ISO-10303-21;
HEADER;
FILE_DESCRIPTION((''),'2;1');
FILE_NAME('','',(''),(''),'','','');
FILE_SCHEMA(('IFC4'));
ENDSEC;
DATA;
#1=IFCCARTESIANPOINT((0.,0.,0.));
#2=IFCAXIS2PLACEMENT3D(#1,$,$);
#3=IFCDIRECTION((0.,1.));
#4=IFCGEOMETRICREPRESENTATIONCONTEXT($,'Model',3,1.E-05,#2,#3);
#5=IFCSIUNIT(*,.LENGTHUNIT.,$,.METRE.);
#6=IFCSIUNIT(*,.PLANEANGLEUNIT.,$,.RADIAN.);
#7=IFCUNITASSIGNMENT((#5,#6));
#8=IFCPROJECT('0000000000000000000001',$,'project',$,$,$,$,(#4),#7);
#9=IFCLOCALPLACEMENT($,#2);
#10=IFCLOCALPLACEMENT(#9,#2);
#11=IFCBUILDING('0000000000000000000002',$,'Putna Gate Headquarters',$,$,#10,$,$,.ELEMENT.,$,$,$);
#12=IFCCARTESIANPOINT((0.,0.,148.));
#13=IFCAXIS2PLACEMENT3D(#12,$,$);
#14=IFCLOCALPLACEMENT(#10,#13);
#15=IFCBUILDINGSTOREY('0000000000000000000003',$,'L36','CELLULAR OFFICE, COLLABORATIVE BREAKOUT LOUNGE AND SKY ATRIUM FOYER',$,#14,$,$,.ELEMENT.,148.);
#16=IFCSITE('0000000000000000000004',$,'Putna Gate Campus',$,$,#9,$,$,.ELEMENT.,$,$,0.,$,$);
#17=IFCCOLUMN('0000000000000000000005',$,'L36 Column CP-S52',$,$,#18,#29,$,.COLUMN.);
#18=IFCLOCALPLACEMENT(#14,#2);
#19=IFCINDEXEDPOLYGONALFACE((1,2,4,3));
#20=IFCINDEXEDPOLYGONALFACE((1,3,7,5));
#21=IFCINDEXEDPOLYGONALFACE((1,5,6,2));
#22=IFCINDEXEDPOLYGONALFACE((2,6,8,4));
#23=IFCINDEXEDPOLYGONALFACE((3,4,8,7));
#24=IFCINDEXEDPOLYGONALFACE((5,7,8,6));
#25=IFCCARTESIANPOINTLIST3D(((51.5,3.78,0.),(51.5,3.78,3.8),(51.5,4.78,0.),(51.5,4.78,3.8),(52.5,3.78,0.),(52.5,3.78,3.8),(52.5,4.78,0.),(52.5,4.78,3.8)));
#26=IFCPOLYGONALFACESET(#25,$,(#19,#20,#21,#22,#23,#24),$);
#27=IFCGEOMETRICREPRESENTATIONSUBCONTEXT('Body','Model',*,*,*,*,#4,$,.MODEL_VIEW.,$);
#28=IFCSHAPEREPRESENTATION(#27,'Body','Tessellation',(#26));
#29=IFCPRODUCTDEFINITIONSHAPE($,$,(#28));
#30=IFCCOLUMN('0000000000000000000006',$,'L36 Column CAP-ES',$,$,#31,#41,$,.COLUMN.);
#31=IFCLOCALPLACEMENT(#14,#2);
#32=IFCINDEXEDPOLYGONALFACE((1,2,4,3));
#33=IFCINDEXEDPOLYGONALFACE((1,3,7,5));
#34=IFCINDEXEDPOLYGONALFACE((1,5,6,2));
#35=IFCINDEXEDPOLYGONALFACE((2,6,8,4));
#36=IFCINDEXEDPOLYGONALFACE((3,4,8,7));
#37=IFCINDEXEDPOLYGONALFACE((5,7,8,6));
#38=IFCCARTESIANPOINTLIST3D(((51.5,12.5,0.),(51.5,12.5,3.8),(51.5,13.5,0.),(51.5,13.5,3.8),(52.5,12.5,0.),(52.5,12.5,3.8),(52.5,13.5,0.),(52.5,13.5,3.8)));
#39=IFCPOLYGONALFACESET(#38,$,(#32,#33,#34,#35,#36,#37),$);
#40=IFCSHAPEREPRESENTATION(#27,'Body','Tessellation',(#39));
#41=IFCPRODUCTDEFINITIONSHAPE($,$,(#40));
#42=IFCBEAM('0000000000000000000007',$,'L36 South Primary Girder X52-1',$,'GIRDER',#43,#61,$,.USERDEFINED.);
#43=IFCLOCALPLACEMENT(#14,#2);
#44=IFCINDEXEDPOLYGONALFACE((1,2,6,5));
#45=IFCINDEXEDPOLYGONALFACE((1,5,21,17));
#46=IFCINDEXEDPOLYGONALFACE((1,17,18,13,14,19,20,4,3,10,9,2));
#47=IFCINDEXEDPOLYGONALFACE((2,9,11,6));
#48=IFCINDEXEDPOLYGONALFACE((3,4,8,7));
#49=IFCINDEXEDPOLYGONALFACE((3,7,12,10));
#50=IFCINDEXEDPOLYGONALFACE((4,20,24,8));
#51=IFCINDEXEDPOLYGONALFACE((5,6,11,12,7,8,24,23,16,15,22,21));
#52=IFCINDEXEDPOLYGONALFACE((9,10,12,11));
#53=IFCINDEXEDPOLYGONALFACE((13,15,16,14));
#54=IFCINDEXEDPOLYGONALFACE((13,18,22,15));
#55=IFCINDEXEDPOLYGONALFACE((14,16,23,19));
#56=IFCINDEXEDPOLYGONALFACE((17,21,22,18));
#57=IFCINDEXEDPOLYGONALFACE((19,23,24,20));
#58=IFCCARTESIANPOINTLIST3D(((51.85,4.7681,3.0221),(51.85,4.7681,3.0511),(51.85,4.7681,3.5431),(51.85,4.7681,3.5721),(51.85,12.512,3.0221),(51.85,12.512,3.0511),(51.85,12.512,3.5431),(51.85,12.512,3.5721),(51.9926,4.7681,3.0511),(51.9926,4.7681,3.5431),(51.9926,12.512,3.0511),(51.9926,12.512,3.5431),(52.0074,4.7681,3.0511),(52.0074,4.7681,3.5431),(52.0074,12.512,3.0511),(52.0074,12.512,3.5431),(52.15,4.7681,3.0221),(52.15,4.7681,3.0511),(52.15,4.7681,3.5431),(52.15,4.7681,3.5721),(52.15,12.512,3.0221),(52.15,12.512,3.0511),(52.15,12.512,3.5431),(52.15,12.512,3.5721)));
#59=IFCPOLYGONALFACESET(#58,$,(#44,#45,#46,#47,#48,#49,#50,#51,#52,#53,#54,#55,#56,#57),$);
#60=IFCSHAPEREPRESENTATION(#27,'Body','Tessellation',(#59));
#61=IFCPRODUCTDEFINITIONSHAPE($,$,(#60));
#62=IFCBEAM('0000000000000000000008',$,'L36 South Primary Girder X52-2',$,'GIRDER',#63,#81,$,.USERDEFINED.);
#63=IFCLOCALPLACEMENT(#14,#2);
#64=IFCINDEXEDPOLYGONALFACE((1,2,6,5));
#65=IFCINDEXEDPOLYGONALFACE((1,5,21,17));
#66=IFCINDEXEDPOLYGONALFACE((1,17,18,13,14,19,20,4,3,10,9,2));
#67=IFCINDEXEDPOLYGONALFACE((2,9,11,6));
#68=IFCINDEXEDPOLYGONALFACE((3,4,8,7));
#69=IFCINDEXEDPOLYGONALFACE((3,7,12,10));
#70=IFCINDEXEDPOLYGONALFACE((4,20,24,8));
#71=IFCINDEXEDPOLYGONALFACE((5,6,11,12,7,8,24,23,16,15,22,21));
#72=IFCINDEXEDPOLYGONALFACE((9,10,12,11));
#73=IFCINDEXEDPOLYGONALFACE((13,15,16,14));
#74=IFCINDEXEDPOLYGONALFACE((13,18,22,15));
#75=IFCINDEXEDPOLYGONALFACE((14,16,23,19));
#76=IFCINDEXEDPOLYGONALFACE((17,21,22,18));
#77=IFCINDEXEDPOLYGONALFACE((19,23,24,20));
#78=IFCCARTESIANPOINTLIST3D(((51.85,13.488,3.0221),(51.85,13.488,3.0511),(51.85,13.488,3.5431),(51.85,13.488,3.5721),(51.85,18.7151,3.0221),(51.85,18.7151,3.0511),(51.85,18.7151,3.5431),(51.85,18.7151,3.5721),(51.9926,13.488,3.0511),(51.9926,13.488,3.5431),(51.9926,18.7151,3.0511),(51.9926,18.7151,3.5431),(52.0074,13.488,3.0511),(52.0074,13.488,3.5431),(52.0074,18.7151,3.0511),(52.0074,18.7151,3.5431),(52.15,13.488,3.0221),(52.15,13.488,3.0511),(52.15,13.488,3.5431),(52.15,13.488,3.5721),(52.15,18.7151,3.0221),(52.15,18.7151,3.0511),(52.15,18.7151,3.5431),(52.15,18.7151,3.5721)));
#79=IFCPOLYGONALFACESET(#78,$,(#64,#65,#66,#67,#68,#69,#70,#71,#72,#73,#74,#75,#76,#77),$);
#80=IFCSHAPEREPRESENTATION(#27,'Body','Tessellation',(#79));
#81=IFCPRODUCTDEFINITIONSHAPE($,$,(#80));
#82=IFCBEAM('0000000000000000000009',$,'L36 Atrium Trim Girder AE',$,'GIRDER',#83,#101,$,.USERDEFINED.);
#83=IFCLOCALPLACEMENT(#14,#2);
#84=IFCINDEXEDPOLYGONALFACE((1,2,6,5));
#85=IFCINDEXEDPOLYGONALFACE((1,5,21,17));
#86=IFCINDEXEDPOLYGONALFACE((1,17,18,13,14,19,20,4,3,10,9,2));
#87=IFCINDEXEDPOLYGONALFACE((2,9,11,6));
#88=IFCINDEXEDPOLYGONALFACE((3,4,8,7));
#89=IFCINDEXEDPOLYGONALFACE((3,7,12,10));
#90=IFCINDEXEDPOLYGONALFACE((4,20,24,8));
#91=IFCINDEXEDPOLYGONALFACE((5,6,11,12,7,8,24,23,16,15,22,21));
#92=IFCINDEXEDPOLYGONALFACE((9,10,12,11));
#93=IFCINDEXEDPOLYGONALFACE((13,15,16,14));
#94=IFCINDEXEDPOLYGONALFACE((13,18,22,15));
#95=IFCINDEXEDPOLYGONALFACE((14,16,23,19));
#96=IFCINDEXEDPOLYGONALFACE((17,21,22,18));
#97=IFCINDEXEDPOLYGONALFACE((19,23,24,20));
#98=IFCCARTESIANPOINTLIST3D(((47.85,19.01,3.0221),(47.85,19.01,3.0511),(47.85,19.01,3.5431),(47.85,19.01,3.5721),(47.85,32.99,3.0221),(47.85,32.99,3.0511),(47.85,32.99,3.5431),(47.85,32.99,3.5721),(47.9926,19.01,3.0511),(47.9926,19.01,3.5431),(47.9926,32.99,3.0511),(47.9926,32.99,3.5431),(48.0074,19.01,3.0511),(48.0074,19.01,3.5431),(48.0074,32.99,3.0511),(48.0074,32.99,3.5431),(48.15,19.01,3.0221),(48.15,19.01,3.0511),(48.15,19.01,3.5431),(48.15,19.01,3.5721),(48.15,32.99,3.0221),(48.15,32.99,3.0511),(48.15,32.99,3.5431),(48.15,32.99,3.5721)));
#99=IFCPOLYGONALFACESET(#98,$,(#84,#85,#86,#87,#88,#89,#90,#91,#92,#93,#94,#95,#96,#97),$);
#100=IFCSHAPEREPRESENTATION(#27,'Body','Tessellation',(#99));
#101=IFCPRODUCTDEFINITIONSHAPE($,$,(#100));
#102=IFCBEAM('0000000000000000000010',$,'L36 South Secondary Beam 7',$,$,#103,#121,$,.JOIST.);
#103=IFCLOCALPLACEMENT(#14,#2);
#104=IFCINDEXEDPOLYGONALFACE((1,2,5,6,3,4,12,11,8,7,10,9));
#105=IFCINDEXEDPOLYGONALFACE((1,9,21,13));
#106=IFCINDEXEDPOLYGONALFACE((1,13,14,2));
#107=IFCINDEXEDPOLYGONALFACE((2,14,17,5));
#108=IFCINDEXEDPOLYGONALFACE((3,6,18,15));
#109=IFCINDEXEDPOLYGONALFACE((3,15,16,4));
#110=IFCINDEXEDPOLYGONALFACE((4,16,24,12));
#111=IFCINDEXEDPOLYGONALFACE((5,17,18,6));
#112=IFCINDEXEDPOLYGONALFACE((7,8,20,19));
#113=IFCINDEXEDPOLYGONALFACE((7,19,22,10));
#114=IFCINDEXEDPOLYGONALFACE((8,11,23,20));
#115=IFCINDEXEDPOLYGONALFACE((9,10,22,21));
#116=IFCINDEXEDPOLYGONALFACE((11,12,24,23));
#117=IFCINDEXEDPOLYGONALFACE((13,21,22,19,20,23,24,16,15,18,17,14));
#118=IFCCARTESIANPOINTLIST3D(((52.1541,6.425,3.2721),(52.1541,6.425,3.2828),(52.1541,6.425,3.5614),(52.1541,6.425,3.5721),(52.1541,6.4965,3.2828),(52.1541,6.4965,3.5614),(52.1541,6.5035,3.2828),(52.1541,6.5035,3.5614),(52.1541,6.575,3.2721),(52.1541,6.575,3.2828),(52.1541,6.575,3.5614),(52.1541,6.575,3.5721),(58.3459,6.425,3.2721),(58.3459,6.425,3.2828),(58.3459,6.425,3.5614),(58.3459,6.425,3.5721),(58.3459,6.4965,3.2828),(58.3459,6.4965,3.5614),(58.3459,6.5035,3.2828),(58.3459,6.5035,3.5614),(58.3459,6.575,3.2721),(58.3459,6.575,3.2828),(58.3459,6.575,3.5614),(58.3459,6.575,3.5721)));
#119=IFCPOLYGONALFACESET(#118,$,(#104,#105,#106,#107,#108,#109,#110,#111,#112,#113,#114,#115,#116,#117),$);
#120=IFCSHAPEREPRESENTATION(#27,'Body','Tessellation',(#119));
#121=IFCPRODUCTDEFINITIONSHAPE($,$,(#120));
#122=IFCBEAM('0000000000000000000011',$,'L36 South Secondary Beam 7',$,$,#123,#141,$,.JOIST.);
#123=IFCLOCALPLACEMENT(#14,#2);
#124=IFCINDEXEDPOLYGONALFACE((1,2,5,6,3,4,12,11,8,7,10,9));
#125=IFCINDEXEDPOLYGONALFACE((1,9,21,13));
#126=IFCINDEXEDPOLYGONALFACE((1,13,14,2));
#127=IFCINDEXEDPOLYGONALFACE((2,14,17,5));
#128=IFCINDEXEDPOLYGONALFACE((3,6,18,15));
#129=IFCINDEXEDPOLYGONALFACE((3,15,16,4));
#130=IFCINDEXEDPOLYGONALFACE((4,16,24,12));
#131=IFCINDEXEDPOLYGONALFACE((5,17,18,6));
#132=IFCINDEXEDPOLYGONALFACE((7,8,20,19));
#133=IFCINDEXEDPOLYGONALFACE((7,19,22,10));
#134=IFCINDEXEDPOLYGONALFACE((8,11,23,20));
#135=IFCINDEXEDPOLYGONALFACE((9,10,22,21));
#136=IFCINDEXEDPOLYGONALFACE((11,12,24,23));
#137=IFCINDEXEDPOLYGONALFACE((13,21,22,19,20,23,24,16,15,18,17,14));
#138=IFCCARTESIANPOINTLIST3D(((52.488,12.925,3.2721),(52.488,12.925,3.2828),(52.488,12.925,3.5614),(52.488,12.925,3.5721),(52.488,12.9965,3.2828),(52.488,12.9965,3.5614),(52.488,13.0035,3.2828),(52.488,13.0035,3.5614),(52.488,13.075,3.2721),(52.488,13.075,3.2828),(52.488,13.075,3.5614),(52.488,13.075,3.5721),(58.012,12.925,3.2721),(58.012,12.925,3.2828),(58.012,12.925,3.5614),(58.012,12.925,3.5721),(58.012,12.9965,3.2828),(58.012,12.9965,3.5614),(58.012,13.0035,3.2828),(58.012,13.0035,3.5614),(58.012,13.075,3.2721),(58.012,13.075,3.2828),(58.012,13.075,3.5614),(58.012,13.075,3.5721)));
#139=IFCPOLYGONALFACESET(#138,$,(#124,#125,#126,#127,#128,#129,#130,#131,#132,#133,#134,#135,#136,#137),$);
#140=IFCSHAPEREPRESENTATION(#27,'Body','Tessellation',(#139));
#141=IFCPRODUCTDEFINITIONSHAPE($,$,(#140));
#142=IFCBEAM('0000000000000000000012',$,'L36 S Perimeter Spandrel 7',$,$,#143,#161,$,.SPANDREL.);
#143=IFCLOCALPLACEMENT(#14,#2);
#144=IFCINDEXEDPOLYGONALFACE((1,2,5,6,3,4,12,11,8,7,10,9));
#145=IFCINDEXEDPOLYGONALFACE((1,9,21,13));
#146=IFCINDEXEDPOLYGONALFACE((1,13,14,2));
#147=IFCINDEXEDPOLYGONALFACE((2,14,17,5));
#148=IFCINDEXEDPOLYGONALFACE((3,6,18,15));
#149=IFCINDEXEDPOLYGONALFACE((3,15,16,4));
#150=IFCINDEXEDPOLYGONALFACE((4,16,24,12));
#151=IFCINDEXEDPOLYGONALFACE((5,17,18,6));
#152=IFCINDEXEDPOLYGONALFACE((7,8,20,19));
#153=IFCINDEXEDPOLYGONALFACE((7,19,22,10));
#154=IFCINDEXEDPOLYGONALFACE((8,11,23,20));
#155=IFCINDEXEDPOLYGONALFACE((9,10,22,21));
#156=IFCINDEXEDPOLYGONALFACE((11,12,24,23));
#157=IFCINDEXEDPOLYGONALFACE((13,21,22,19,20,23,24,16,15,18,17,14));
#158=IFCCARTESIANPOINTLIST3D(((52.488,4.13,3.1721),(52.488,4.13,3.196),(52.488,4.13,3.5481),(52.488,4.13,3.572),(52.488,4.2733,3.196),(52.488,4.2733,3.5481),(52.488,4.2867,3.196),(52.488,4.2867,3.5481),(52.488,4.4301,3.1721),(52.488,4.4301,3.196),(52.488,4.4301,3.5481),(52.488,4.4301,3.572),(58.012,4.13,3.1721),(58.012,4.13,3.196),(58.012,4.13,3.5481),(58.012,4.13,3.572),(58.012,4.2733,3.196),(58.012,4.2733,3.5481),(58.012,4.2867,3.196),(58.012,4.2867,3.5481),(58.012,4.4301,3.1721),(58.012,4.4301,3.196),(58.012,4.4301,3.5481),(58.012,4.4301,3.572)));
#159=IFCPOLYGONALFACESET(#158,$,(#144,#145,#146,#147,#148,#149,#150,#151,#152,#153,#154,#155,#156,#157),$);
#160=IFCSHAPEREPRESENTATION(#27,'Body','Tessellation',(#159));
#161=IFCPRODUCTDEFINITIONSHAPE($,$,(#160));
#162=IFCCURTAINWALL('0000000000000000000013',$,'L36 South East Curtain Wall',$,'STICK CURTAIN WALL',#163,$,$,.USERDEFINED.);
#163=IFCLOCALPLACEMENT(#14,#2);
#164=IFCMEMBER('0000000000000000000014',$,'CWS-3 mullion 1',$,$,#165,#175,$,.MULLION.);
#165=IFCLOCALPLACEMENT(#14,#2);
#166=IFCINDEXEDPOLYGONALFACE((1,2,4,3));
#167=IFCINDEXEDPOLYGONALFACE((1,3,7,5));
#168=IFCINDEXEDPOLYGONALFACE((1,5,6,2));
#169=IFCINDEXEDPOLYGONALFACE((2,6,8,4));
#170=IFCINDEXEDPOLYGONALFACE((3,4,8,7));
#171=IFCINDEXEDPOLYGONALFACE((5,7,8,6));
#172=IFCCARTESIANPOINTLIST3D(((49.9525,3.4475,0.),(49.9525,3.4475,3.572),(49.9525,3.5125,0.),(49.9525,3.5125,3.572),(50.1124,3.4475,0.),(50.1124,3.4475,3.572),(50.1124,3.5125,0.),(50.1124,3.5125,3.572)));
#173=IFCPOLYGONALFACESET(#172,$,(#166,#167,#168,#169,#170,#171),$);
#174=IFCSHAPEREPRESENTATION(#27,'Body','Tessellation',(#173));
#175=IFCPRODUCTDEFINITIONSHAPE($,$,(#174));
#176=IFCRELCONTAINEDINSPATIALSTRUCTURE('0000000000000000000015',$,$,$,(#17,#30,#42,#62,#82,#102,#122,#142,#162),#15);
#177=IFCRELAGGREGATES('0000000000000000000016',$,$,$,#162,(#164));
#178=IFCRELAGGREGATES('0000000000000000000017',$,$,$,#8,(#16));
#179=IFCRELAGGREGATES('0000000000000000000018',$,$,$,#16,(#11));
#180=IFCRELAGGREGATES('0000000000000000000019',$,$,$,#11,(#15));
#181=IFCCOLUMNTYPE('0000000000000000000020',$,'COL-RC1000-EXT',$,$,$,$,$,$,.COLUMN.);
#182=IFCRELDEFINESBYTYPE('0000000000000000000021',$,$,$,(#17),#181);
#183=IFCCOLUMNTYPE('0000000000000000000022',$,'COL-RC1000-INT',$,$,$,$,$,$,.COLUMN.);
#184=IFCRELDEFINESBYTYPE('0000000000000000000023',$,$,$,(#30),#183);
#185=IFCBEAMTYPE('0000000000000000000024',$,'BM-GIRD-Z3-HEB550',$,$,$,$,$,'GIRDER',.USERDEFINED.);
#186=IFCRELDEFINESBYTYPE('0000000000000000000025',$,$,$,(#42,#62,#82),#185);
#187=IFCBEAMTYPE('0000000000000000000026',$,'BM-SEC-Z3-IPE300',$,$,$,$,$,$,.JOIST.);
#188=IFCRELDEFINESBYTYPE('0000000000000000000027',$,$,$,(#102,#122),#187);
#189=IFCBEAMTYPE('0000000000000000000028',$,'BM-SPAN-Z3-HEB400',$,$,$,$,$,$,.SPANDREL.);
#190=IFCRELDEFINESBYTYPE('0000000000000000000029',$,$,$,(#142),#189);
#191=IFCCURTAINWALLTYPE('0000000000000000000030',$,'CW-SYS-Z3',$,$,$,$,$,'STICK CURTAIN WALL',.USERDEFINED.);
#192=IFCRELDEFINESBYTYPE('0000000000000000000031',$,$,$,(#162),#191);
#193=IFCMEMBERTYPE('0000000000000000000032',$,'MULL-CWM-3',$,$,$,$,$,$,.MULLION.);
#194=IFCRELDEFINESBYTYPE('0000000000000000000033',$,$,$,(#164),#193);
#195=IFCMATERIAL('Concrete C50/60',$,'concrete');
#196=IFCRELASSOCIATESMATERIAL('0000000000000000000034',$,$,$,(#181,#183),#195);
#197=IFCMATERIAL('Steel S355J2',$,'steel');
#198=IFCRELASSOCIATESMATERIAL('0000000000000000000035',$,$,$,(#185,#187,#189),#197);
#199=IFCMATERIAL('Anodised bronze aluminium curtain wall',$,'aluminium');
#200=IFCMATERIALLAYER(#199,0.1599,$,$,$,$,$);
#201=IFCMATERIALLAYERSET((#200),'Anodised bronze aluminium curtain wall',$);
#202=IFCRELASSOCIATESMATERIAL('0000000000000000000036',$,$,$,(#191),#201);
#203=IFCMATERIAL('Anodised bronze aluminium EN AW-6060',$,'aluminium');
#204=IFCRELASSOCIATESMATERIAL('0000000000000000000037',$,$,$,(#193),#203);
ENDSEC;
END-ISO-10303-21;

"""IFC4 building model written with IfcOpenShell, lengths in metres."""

from ifc_helpers import new_model, si_unit, direction, frame, origin, origin_2d, place, context, subcontext, project, spatial, rectangle, i_section, extrude, material, layer, layer_set, material_profile, profile_set, type_object, element, aggregate, save


model = new_model("IFC4")

# Units and contexts
model_context = context("Model", 3, precision=1e-05, world=origin(), true_north=direction((0.0, 1.0)))
body_context = subcontext(model_context, "Body", "Model", "MODEL_VIEW")
ifc_project = project(units=[si_unit("LENGTHUNIT", "METRE"), si_unit("PLANEANGLEUNIT", "RADIAN")], contexts=[model_context])

# Site, building, storey
site_placement = place(None, origin())
site = spatial("IfcSite", under=ifc_project, at=site_placement, Name="Putna Gate Campus", CompositionType="ELEMENT", RefElevation=0.0)
building_placement = place(site_placement, origin())
building = spatial("IfcBuilding", under=site, at=building_placement, Name="Putna Gate Headquarters", CompositionType="ELEMENT")
storey_placement = place(building_placement, frame((0.0, 0.0, 148.0)))
storey = spatial("IfcBuildingStorey", under=building, at=storey_placement, Name="L36", Description="CELLULAR OFFICE, COLLABORATIVE BREAKOUT LOUNGE AND SKY ATRIUM FOYER", CompositionType="ELEMENT", Elevation=148.0)

# Columns
ifc_material_1 = material(Name="Concrete C50/60", Category="concrete")
ifc_material_profile_1 = material_profile(ifc_material_1, rectangle(XDim=1.0, YDim=1.0, at=origin_2d()), Name="Concrete C50/60")
ifc_profile_set_1 = profile_set([ifc_material_profile_1], Name="Concrete C50/60")
column_type_1 = type_object("IfcColumnType", Name="COL-RC1000-EXT", PredefinedType="COLUMN", material=ifc_profile_set_1)
column_1_placement = place(storey_placement, frame((52.0, 4.28, 0.0), z_axis=(0.0, 0.0, 1.0), x_axis=(1.0, 0.0, 0.0)))
element("IfcColumn", 1, at=column_1_placement, inside=storey, type_object=column_type_1, Name="L36 Column CP-S52", PredefinedType="COLUMN", context=body_context, shape_type="SweptSolid", body=[
    extrude(rectangle(XDim=1.0, YDim=1.0, at=origin_2d()), origin(), (0.0, 0.0, 1.0), 3.8),
])
ifc_material_profile_2 = material_profile(ifc_material_1, rectangle(XDim=1.0, YDim=1.0, at=origin_2d()), Name="Concrete C50/60")
ifc_profile_set_2 = profile_set([ifc_material_profile_2], Name="Concrete C50/60")
column_type_2 = type_object("IfcColumnType", Name="COL-RC1000-INT", PredefinedType="COLUMN", material=ifc_profile_set_2)
column_2_placement = place(storey_placement, frame((52.0, 13.0, 0.0), z_axis=(0.0, 0.0, 1.0), x_axis=(1.0, 0.0, 0.0)))
element("IfcColumn", 2, at=column_2_placement, inside=storey, type_object=column_type_2, Name="L36 Column CAP-ES", PredefinedType="COLUMN", context=body_context, shape_type="SweptSolid", body=[
    extrude(rectangle(XDim=1.0, YDim=1.0, at=origin_2d()), origin(), (0.0, 0.0, 1.0), 3.8),
])

# Beams
ifc_material_2 = material(Name="Steel S355J2", Category="steel")
ifc_material_profile_3 = material_profile(ifc_material_2, i_section(OverallWidth=0.3, OverallDepth=0.55, WebThickness=0.0149, FlangeThickness=0.0291, at=origin_2d()), Name="Steel S355J2")
ifc_profile_set_3 = profile_set([ifc_material_profile_3], Name="Steel S355J2")
beam_type_1 = type_object("IfcBeamType", Name="BM-GIRD-Z3-HEB550", ElementType="GIRDER", PredefinedType="USERDEFINED", material=ifc_profile_set_3)
beam_1_placement = place(storey_placement, frame((52.0, 4.7681, 3.2971), z_axis=(0.0, 1.0, 0.0), x_axis=(-1.0, 0.0, 0.0)))
element("IfcBeam", 3, at=beam_1_placement, inside=storey, type_object=beam_type_1, Name="L36 South Primary Girder X52-1", ObjectType="GIRDER", PredefinedType="USERDEFINED", context=body_context, shape_type="SweptSolid", body=[
    extrude(i_section(OverallWidth=0.3, OverallDepth=0.55, WebThickness=0.0149, FlangeThickness=0.0291, at=origin_2d()), origin(), (0.0, 0.0, 1.0), 7.7439),
])
beam_2_placement = place(storey_placement, frame((52.0, 13.488, 3.2971), z_axis=(0.0, 1.0, 0.0), x_axis=(-1.0, 0.0, 0.0)))
element("IfcBeam", 4, at=beam_2_placement, inside=storey, type_object=beam_type_1, Name="L36 South Primary Girder X52-2", ObjectType="GIRDER", PredefinedType="USERDEFINED", context=body_context, shape_type="SweptSolid", body=[
    extrude(i_section(OverallWidth=0.3, OverallDepth=0.55, WebThickness=0.0149, FlangeThickness=0.0291, at=origin_2d()), origin(), (0.0, 0.0, 1.0), 5.2271),
])
beam_3_placement = place(storey_placement, frame((48.0, 19.01, 3.2971), z_axis=(0.0, 1.0, 0.0), x_axis=(-1.0, 0.0, 0.0)))
element("IfcBeam", 5, at=beam_3_placement, inside=storey, type_object=beam_type_1, Name="L36 Atrium Trim Girder AE", ObjectType="GIRDER", PredefinedType="USERDEFINED", context=body_context, shape_type="SweptSolid", body=[
    extrude(i_section(OverallWidth=0.3, OverallDepth=0.55, WebThickness=0.0149, FlangeThickness=0.0291, at=origin_2d()), origin(), (0.0, 0.0, 1.0), 13.98),
])
ifc_material_profile_4 = material_profile(ifc_material_2, i_section(OverallWidth=0.1499, OverallDepth=0.3, WebThickness=0.0071, FlangeThickness=0.0107, at=origin_2d()), Name="Steel S355J2")
ifc_profile_set_4 = profile_set([ifc_material_profile_4], Name="Steel S355J2")
beam_type_2 = type_object("IfcBeamType", Name="BM-SEC-Z3-IPE300", PredefinedType="JOIST", material=ifc_profile_set_4)
beam_4_placement = place(storey_placement, frame((52.1541, 6.5, 3.4221), z_axis=(1.0, 0.0, 0.0), x_axis=(0.0, 1.0, 0.0)))
element("IfcBeam", 6, at=beam_4_placement, inside=storey, type_object=beam_type_2, Name="L36 South Secondary Beam 7", PredefinedType="JOIST", context=body_context, shape_type="SweptSolid", body=[
    extrude(i_section(OverallWidth=0.1499, OverallDepth=0.3, WebThickness=0.0071, FlangeThickness=0.0107, at=origin_2d()), origin(), (0.0, 0.0, 1.0), 6.1919),
])
beam_5_placement = place(storey_placement, frame((52.488, 13.0, 3.4221), z_axis=(1.0, 0.0, 0.0), x_axis=(0.0, 1.0, 0.0)))
element("IfcBeam", 7, at=beam_5_placement, inside=storey, type_object=beam_type_2, Name="L36 South Secondary Beam 7", PredefinedType="JOIST", context=body_context, shape_type="SweptSolid", body=[
    extrude(i_section(OverallWidth=0.1499, OverallDepth=0.3, WebThickness=0.0071, FlangeThickness=0.0107, at=origin_2d()), origin(), (0.0, 0.0, 1.0), 5.5239),
])
ifc_material_profile_5 = material_profile(ifc_material_2, i_section(OverallWidth=0.3, OverallDepth=0.3999, WebThickness=0.0134, FlangeThickness=0.0239, at=origin_2d()), Name="Steel S355J2")
ifc_profile_set_5 = profile_set([ifc_material_profile_5], Name="Steel S355J2")
beam_type_3 = type_object("IfcBeamType", Name="BM-SPAN-Z3-HEB400", PredefinedType="SPANDREL", material=ifc_profile_set_5)
beam_6_placement = place(storey_placement, frame((52.488, 4.28, 3.3721), z_axis=(1.0, 0.0, 0.0), x_axis=(0.0, 1.0, 0.0)))
element("IfcBeam", 8, at=beam_6_placement, inside=storey, type_object=beam_type_3, Name="L36 S Perimeter Spandrel 7", PredefinedType="SPANDREL", context=body_context, shape_type="SweptSolid", body=[
    extrude(i_section(OverallWidth=0.3, OverallDepth=0.3999, WebThickness=0.0134, FlangeThickness=0.0239, at=origin_2d()), origin(), (0.0, 0.0, 1.0), 5.5239),
])

# Curtain wall, member
ifc_material_3 = material(Name="Anodised bronze aluminium curtain wall", Category="aluminium")
ifc_layer_1 = layer(ifc_material_3, 0.1599)
ifc_layer_set_1 = layer_set([ifc_layer_1], Name="Anodised bronze aluminium curtain wall")
curtain_wall_type_1 = type_object("IfcCurtainWallType", Name="CW-SYS-Z3", ElementType="STICK CURTAIN WALL", PredefinedType="USERDEFINED", material=ifc_layer_set_1)
curtain_wall_1_placement = place(storey_placement, origin())
curtain_wall_1 = element("IfcCurtainWall", 9, at=curtain_wall_1_placement, inside=storey, type_object=curtain_wall_type_1, Name="L36 South East Curtain Wall", ObjectType="STICK CURTAIN WALL", PredefinedType="USERDEFINED")
ifc_material_4 = material(Name="Anodised bronze aluminium EN AW-6060", Category="aluminium")
ifc_material_profile_6 = material_profile(ifc_material_4, rectangle(XDim=0.0649, YDim=0.1599, at=origin_2d()), Name="Anodised bronze aluminium EN AW-6060")
ifc_profile_set_6 = profile_set([ifc_material_profile_6], Name="Anodised bronze aluminium EN AW-6060")
member_type_1 = type_object("IfcMemberType", Name="MULL-CWM-3", PredefinedType="MULLION", material=ifc_profile_set_6)
member_1_placement = place(storey_placement, frame((50.0325, 3.48, 0.0), z_axis=(0.0, 0.0, 1.0), x_axis=(0.0, 1.0, 0.0)))
member_1 = element("IfcMember", 10, at=member_1_placement, type_object=member_type_1, Name="CWS-3 mullion 1", PredefinedType="MULLION", context=body_context, shape_type="SweptSolid", body=[
    extrude(rectangle(XDim=0.0649, YDim=0.1599, at=origin_2d()), origin(), (0.0, 0.0, 1.0), 3.572),
])

aggregate(curtain_wall_1, [member_1])

save(model, "model.ifc")
